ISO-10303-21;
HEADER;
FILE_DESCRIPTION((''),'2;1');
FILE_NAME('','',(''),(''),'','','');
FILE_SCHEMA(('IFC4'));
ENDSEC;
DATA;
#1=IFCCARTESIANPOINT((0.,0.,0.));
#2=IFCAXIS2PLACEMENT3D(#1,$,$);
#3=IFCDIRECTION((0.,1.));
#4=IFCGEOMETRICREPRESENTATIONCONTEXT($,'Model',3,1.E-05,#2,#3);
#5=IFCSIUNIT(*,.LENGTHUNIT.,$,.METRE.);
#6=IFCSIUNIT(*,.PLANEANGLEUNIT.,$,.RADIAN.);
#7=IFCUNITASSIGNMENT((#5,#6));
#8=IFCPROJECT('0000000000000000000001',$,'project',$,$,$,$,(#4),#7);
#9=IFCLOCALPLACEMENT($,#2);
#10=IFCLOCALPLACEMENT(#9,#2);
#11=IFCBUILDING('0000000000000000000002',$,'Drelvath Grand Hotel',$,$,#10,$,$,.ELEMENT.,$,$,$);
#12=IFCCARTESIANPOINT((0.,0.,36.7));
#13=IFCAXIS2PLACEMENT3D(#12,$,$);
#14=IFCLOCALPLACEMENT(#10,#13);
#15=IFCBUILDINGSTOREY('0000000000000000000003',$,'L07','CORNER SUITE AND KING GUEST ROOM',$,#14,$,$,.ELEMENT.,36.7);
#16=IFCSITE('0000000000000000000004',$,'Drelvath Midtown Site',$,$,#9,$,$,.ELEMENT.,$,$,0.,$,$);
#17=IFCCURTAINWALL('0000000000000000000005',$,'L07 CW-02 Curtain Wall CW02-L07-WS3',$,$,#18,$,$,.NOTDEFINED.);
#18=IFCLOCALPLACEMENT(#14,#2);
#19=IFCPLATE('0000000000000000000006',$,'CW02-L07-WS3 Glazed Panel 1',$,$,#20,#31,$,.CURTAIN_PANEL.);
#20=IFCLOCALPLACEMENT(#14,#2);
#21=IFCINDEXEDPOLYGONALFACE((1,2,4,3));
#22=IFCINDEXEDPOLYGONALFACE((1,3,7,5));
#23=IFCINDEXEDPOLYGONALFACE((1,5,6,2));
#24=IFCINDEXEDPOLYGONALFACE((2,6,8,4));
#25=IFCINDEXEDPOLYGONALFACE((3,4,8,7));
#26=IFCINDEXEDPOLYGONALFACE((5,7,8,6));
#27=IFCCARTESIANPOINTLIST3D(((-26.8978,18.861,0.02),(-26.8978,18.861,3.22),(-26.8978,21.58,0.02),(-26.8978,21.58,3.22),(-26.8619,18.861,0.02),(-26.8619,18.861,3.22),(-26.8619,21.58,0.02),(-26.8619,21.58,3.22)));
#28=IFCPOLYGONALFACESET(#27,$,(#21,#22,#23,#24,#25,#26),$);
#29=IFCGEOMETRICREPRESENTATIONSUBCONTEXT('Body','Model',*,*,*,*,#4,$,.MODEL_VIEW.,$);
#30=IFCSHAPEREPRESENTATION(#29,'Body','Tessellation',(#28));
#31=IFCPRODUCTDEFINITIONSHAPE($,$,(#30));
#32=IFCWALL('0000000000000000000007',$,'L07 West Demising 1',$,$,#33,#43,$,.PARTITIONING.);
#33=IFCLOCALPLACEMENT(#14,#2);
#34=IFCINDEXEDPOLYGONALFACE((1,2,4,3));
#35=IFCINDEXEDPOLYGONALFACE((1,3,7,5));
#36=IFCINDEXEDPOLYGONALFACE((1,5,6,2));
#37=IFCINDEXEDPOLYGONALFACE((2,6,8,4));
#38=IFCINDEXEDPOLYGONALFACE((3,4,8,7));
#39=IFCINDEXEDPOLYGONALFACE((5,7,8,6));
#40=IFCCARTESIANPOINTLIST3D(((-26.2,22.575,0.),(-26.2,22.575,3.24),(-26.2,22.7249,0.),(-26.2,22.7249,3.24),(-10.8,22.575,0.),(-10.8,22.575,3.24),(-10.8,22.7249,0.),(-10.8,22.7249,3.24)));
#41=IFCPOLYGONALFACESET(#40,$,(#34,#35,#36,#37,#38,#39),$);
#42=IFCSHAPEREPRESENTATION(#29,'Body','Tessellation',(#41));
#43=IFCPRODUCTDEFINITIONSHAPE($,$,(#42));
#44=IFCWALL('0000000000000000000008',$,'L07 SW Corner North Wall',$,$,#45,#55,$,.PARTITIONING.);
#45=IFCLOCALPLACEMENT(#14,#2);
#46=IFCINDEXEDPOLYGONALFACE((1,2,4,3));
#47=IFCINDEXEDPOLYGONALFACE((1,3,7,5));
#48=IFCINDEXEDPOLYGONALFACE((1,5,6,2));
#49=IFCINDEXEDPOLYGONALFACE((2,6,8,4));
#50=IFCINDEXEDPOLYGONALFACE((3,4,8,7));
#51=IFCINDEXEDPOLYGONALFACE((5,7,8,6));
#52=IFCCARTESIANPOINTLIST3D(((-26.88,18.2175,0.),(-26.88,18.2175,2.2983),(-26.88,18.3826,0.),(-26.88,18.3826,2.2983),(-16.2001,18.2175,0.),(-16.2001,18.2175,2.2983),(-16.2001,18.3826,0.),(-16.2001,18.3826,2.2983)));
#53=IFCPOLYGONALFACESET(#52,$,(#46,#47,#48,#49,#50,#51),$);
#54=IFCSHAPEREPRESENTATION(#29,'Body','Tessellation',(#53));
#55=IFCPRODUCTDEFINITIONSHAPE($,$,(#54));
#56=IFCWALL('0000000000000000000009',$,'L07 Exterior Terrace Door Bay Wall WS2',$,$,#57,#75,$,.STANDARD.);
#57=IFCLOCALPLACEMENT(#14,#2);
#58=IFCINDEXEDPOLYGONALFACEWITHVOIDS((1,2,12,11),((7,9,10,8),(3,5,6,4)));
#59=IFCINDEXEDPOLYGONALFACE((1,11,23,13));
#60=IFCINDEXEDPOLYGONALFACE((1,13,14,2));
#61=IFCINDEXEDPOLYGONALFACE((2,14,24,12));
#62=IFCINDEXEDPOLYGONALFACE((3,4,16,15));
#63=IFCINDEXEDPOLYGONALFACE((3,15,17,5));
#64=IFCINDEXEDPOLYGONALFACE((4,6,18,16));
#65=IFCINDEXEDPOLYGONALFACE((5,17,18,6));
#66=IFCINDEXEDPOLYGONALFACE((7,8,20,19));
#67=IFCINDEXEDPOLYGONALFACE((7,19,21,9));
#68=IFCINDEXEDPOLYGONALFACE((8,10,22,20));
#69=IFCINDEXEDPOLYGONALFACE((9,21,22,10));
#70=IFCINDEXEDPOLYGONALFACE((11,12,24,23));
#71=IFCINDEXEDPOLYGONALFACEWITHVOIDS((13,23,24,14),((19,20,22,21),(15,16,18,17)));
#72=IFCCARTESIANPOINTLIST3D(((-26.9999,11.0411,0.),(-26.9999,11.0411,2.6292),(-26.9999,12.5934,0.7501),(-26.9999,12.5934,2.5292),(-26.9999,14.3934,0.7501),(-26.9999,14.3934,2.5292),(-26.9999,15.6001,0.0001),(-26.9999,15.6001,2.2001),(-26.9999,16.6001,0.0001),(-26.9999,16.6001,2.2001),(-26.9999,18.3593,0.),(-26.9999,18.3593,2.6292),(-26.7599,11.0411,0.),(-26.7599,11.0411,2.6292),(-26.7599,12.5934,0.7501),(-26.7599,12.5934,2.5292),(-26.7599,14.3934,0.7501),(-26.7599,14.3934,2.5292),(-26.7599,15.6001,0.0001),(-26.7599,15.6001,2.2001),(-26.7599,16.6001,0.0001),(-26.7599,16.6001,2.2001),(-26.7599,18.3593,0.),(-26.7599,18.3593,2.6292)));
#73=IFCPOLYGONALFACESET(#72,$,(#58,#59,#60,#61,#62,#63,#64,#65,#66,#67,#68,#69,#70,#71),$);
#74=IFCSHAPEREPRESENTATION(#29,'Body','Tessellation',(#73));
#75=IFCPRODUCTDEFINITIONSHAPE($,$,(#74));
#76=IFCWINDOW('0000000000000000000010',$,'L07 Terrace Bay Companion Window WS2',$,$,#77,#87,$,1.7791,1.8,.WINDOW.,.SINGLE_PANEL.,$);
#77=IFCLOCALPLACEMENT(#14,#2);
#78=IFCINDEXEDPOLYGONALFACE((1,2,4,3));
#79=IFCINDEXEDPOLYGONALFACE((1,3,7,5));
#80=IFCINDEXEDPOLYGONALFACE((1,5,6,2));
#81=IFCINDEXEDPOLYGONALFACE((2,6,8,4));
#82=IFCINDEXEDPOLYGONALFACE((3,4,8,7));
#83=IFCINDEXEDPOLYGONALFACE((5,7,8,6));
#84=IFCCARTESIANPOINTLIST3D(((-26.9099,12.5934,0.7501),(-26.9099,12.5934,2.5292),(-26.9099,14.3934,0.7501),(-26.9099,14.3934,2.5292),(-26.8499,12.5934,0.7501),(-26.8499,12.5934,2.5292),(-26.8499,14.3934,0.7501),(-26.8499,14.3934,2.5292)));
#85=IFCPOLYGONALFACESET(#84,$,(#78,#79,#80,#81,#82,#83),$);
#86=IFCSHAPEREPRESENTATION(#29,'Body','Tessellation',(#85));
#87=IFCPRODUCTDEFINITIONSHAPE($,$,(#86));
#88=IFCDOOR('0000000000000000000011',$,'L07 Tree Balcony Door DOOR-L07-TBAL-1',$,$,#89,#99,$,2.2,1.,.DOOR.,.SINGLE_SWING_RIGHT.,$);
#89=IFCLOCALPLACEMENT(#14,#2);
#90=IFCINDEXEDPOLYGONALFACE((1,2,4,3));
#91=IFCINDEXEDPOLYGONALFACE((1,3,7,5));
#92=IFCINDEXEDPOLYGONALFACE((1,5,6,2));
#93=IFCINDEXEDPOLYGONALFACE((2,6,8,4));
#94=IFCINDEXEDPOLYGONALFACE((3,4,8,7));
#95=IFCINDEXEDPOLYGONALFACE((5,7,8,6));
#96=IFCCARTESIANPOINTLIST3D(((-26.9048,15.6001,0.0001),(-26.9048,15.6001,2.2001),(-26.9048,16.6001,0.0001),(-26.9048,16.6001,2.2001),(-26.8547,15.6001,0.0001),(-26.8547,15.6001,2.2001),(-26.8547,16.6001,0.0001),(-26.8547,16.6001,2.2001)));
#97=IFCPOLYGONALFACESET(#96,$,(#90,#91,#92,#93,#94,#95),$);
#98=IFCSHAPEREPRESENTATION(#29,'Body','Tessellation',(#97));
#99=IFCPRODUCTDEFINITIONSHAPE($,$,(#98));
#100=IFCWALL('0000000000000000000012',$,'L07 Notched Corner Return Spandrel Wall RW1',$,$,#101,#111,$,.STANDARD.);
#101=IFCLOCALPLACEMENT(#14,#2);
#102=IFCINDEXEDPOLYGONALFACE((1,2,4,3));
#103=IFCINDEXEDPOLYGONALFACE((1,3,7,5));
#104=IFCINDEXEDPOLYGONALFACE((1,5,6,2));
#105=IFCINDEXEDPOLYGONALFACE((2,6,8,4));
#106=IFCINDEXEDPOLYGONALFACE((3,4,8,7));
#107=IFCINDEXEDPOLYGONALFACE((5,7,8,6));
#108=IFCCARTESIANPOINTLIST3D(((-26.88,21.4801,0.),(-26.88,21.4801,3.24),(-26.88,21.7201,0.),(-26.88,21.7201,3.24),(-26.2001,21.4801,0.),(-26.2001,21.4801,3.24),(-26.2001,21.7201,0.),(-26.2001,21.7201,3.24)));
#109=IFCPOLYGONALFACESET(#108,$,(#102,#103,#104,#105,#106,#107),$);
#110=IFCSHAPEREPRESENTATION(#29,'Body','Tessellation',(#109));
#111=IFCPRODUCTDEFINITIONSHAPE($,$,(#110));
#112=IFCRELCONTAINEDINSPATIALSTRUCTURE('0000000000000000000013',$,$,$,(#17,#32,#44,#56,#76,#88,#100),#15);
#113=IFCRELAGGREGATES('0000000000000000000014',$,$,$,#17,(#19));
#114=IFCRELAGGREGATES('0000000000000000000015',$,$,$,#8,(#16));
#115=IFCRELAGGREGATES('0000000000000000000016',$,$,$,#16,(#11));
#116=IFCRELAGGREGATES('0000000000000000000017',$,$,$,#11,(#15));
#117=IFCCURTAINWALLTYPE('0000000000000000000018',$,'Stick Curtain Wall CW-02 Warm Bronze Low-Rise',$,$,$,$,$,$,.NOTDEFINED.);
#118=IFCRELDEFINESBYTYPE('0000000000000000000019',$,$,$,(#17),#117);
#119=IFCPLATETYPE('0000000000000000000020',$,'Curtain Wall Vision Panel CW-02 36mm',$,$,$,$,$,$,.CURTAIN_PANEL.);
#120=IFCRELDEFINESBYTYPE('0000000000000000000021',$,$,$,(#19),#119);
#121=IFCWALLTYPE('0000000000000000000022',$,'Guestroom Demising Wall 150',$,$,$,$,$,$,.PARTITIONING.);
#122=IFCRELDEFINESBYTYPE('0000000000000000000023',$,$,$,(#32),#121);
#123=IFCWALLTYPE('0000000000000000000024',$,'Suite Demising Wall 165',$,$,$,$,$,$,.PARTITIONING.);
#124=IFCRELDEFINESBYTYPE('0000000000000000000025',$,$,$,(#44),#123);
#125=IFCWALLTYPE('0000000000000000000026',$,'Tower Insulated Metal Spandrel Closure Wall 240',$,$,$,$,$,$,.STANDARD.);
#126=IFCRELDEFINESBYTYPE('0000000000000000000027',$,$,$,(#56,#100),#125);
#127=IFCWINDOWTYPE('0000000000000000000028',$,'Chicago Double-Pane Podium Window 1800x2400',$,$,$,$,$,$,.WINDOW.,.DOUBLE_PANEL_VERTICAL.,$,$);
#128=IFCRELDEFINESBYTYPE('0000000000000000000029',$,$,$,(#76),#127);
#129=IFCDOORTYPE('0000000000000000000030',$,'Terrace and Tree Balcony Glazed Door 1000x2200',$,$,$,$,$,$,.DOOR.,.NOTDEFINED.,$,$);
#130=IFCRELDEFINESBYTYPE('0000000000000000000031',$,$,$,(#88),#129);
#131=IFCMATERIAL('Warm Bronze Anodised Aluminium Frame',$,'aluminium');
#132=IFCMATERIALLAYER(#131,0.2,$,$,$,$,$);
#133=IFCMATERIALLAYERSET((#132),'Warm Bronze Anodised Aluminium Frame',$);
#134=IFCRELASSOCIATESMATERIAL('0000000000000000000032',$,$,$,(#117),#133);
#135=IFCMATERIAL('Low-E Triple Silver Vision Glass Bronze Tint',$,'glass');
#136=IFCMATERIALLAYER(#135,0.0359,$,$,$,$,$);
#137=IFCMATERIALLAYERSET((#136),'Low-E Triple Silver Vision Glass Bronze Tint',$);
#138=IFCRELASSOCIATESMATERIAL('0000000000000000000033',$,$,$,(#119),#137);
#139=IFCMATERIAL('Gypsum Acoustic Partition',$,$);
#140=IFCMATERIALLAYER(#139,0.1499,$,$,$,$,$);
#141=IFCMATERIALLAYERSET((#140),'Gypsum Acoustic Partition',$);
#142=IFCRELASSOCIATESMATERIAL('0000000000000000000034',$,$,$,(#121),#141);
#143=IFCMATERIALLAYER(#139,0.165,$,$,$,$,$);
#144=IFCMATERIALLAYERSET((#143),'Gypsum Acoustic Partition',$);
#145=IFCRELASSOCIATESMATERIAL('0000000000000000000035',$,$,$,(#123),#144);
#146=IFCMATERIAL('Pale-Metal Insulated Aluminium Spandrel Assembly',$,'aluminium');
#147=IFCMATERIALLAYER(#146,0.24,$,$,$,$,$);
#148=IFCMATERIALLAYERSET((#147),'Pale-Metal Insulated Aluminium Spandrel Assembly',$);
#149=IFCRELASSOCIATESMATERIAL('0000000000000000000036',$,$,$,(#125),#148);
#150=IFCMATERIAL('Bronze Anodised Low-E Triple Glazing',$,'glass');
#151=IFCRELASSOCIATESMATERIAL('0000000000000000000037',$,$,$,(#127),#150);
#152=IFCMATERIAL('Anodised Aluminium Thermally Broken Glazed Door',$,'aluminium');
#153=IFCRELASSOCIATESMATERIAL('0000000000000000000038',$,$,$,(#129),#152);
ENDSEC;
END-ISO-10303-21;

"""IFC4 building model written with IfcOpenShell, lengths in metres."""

from ifc_helpers import new_model, si_unit, direction, frame, frame_2d, origin, origin_2d, place, context, subcontext, project, spatial, rectangle, extrude, material, layer, layer_set, type_object, element, fill, aggregate, save


model = new_model("IFC4")

# Units and contexts
model_context = context("Model", 3, precision=1e-05, world=origin(), true_north=direction((0.0, 1.0)))
body_context = subcontext(model_context, "Body", "Model", "MODEL_VIEW")
ifc_project = project(units=[si_unit("LENGTHUNIT", "METRE"), si_unit("PLANEANGLEUNIT", "RADIAN")], contexts=[model_context])

# Site, building, storey
site_placement = place(None, origin())
site = spatial("IfcSite", under=ifc_project, at=site_placement, Name="Drelvath Midtown Site", CompositionType="ELEMENT", RefElevation=0.0)
building_placement = place(site_placement, origin())
building = spatial("IfcBuilding", under=site, at=building_placement, Name="Drelvath Grand Hotel", CompositionType="ELEMENT")
storey_placement = place(building_placement, frame((0.0, 0.0, 36.7)))
storey = spatial("IfcBuildingStorey", under=building, at=storey_placement, Name="L07", Description="CORNER SUITE AND KING GUEST ROOM", CompositionType="ELEMENT", Elevation=36.7)

# Curtain wall
ifc_material_1 = material(Name="Warm Bronze Anodised Aluminium Frame", Category="aluminium")
ifc_layer_1 = layer(ifc_material_1, 0.2)
ifc_layer_set_1 = layer_set([ifc_layer_1], Name="Warm Bronze Anodised Aluminium Frame")
curtain_wall_type = type_object("IfcCurtainWallType", Name="Stick Curtain Wall CW-02 Warm Bronze Low-Rise", PredefinedType="NOTDEFINED", material=ifc_layer_set_1)
curtain_wall_1_placement = place(storey_placement, origin())
curtain_wall_1 = element("IfcCurtainWall", 1, at=curtain_wall_1_placement, inside=storey, type_object=curtain_wall_type, Name="L07 CW-02 Curtain Wall CW02-L07-WS3", PredefinedType="NOTDEFINED")

# Plate
ifc_material_2 = material(Name="Low-E Triple Silver Vision Glass Bronze Tint", Category="glass")
ifc_layer_2 = layer(ifc_material_2, 0.0359)
ifc_layer_set_2 = layer_set([ifc_layer_2], Name="Low-E Triple Silver Vision Glass Bronze Tint")
plate_type = type_object("IfcPlateType", Name="Curtain Wall Vision Panel CW-02 36mm", PredefinedType="CURTAIN_PANEL", material=ifc_layer_set_2)
plate_placement = place(storey_placement, frame((-26.8799, 20.2205, 0.02), z_axis=(0.0, 0.0, 1.0), x_axis=(0.0, 1.0, 0.0)))
plate = element("IfcPlate", 2, at=plate_placement, type_object=plate_type, Name="CW02-L07-WS3 Glazed Panel 1", PredefinedType="CURTAIN_PANEL", context=body_context, shape_type="SweptSolid", body=[
    extrude(rectangle(XDim=2.719, YDim=0.0359, at=origin_2d()), origin(), (0.0, 0.0, 1.0), 3.2),
])
aggregate(curtain_wall_1, [plate])

# Walls
ifc_material_3 = material(Name="Gypsum Acoustic Partition")
ifc_layer_3 = layer(ifc_material_3, 0.1499)
ifc_layer_set_3 = layer_set([ifc_layer_3], Name="Gypsum Acoustic Partition")
wall_type_1 = type_object("IfcWallType", Name="Guestroom Demising Wall 150", PredefinedType="PARTITIONING", material=ifc_layer_set_3)
wall_1_placement = place(storey_placement, frame((-26.2, 22.6499, 0.0), z_axis=(0.0, 0.0, 1.0), x_axis=(1.0, 0.0, 0.0)))
element("IfcWall", 3, at=wall_1_placement, inside=storey, type_object=wall_type_1, Name="L07 West Demising 1", PredefinedType="PARTITIONING", context=body_context, shape_type="SweptSolid", body=[
    extrude(rectangle(XDim=15.3999, YDim=0.1499, at=frame_2d((7.7, 0.0))), origin(), (0.0, 0.0, 1.0), 3.24),
])
ifc_layer_4 = layer(ifc_material_3, 0.165)
ifc_layer_set_4 = layer_set([ifc_layer_4], Name="Gypsum Acoustic Partition")
wall_type_2 = type_object("IfcWallType", Name="Suite Demising Wall 165", PredefinedType="PARTITIONING", material=ifc_layer_set_4)
wall_2_placement = place(storey_placement, frame((-26.8799, 18.3, 0.0), z_axis=(0.0, 0.0, 1.0), x_axis=(1.0, 0.0, 0.0)))
element("IfcWall", 4, at=wall_2_placement, inside=storey, type_object=wall_type_2, Name="L07 SW Corner North Wall", PredefinedType="PARTITIONING", context=body_context, shape_type="SweptSolid", body=[
    extrude(rectangle(XDim=10.6799, YDim=0.165, at=frame_2d((5.3398, 0.0))), origin(), (0.0, 0.0, 1.0), 2.2983),
])

# Wall, openings, window, door
ifc_material_4 = material(Name="Pale-Metal Insulated Aluminium Spandrel Assembly", Category="aluminium")
ifc_layer_5 = layer(ifc_material_4, 0.24)
ifc_layer_set_5 = layer_set([ifc_layer_5], Name="Pale-Metal Insulated Aluminium Spandrel Assembly")
wall_type_3 = type_object("IfcWallType", Name="Tower Insulated Metal Spandrel Closure Wall 240", PredefinedType="STANDARD", material=ifc_layer_set_5)
wall_3_placement = place(storey_placement, frame((-26.8799, 11.041, 0.0), z_axis=(0.0, 0.0, 1.0), x_axis=(0.0, 1.0, 0.0)))
wall_3 = element("IfcWall", 5, at=wall_3_placement, inside=storey, type_object=wall_type_3, Name="L07 Exterior Terrace Door Bay Wall WS2", PredefinedType="STANDARD", context=body_context, shape_type="SweptSolid", body=[
    extrude(rectangle(XDim=7.3181, YDim=0.24, at=frame_2d((3.6592, 0.0))), origin(), (0.0, 0.0, 1.0), 2.6292),
])
opening_1_placement = place(wall_3_placement, frame((4.5591, 0.0, 0.0)))
opening_1 = element("IfcOpeningElement", 6, at=opening_1_placement, cuts=wall_3, PredefinedType="OPENING", context=body_context, shape_type="SweptSolid", body=[
    extrude(rectangle(XDim=1.0, YDim=2.2, at=frame_2d((0.5, 1.1001))), frame((0.0, 0.1299, 0.0), z_axis=(0.0, -1.0, 0.0), x_axis=(1.0, 0.0, 0.0)), (0.0, 0.0, 1.0), 0.26),
])
opening_2_placement = place(wall_3_placement, frame((1.5525, 0.0, 0.75)))
opening_2 = element("IfcOpeningElement", 7, at=opening_2_placement, cuts=wall_3, PredefinedType="OPENING", context=body_context, shape_type="SweptSolid", body=[
    extrude(rectangle(XDim=1.8, YDim=1.7791, at=frame_2d((0.8999, 0.8896))), frame((0.0, 0.1299, 0.0), z_axis=(0.0, -1.0, 0.0), x_axis=(1.0, 0.0, 0.0)), (0.0, 0.0, 1.0), 0.26),
])
ifc_material_5 = material(Name="Bronze Anodised Low-E Triple Glazing", Category="glass")
window_type = type_object("IfcWindowType", Name="Chicago Double-Pane Podium Window 1800x2400", PartitioningType="DOUBLE_PANEL_VERTICAL", PredefinedType="WINDOW", material=ifc_material_5)
window_placement = place(opening_2_placement, origin())
window = element("IfcWindow", 8, at=window_placement, inside=storey, type_object=window_type, Name="L07 Terrace Bay Companion Window WS2", OverallHeight=1.7791, OverallWidth=1.8, PartitioningType="SINGLE_PANEL", PredefinedType="WINDOW", context=body_context, shape_type="SweptSolid", body=[
    extrude(rectangle(XDim=1.8, YDim=1.7791, at=frame_2d((0.8999, 0.8896))), frame((0.0, 0.03, 0.0), z_axis=(0.0, -1.0, 0.0), x_axis=(1.0, 0.0, 0.0)), (0.0, 0.0, 1.0), 0.0601),
])
fill(opening_2, window)
ifc_material_6 = material(Name="Anodised Aluminium Thermally Broken Glazed Door", Category="aluminium")
door_type = type_object("IfcDoorType", Name="Terrace and Tree Balcony Glazed Door 1000x2200", OperationType="NOTDEFINED", PredefinedType="DOOR", material=ifc_material_6)
door_placement = place(opening_1_placement, origin())
door = element("IfcDoor", 9, at=door_placement, inside=storey, type_object=door_type, Name="L07 Tree Balcony Door DOOR-L07-TBAL-1", OperationType="SINGLE_SWING_RIGHT", OverallHeight=2.2, OverallWidth=1.0, PredefinedType="DOOR", context=body_context, shape_type="SweptSolid", body=[
    extrude(rectangle(XDim=1.0, YDim=2.2, at=frame_2d((0.5, 1.1001))), frame((0.0, 0.0249, 0.0), z_axis=(0.0, -1.0, 0.0), x_axis=(1.0, 0.0, 0.0)), (0.0, 0.0, 1.0), 0.05),
])
fill(opening_1, door)

# Wall
wall_4_placement = place(storey_placement, frame((-26.8799, 21.6001, 0.0), z_axis=(0.0, 0.0, 1.0), x_axis=(1.0, 0.0, 0.0)))
element("IfcWall", 10, at=wall_4_placement, inside=storey, type_object=wall_type_3, Name="L07 Notched Corner Return Spandrel Wall RW1", PredefinedType="STANDARD", context=body_context, shape_type="SweptSolid", body=[
    extrude(rectangle(XDim=0.6799, YDim=0.24, at=frame_2d((0.3398, 0.0))), origin(), (0.0, 0.0, 1.0), 3.24),
])

save(model, "model.ifc")
